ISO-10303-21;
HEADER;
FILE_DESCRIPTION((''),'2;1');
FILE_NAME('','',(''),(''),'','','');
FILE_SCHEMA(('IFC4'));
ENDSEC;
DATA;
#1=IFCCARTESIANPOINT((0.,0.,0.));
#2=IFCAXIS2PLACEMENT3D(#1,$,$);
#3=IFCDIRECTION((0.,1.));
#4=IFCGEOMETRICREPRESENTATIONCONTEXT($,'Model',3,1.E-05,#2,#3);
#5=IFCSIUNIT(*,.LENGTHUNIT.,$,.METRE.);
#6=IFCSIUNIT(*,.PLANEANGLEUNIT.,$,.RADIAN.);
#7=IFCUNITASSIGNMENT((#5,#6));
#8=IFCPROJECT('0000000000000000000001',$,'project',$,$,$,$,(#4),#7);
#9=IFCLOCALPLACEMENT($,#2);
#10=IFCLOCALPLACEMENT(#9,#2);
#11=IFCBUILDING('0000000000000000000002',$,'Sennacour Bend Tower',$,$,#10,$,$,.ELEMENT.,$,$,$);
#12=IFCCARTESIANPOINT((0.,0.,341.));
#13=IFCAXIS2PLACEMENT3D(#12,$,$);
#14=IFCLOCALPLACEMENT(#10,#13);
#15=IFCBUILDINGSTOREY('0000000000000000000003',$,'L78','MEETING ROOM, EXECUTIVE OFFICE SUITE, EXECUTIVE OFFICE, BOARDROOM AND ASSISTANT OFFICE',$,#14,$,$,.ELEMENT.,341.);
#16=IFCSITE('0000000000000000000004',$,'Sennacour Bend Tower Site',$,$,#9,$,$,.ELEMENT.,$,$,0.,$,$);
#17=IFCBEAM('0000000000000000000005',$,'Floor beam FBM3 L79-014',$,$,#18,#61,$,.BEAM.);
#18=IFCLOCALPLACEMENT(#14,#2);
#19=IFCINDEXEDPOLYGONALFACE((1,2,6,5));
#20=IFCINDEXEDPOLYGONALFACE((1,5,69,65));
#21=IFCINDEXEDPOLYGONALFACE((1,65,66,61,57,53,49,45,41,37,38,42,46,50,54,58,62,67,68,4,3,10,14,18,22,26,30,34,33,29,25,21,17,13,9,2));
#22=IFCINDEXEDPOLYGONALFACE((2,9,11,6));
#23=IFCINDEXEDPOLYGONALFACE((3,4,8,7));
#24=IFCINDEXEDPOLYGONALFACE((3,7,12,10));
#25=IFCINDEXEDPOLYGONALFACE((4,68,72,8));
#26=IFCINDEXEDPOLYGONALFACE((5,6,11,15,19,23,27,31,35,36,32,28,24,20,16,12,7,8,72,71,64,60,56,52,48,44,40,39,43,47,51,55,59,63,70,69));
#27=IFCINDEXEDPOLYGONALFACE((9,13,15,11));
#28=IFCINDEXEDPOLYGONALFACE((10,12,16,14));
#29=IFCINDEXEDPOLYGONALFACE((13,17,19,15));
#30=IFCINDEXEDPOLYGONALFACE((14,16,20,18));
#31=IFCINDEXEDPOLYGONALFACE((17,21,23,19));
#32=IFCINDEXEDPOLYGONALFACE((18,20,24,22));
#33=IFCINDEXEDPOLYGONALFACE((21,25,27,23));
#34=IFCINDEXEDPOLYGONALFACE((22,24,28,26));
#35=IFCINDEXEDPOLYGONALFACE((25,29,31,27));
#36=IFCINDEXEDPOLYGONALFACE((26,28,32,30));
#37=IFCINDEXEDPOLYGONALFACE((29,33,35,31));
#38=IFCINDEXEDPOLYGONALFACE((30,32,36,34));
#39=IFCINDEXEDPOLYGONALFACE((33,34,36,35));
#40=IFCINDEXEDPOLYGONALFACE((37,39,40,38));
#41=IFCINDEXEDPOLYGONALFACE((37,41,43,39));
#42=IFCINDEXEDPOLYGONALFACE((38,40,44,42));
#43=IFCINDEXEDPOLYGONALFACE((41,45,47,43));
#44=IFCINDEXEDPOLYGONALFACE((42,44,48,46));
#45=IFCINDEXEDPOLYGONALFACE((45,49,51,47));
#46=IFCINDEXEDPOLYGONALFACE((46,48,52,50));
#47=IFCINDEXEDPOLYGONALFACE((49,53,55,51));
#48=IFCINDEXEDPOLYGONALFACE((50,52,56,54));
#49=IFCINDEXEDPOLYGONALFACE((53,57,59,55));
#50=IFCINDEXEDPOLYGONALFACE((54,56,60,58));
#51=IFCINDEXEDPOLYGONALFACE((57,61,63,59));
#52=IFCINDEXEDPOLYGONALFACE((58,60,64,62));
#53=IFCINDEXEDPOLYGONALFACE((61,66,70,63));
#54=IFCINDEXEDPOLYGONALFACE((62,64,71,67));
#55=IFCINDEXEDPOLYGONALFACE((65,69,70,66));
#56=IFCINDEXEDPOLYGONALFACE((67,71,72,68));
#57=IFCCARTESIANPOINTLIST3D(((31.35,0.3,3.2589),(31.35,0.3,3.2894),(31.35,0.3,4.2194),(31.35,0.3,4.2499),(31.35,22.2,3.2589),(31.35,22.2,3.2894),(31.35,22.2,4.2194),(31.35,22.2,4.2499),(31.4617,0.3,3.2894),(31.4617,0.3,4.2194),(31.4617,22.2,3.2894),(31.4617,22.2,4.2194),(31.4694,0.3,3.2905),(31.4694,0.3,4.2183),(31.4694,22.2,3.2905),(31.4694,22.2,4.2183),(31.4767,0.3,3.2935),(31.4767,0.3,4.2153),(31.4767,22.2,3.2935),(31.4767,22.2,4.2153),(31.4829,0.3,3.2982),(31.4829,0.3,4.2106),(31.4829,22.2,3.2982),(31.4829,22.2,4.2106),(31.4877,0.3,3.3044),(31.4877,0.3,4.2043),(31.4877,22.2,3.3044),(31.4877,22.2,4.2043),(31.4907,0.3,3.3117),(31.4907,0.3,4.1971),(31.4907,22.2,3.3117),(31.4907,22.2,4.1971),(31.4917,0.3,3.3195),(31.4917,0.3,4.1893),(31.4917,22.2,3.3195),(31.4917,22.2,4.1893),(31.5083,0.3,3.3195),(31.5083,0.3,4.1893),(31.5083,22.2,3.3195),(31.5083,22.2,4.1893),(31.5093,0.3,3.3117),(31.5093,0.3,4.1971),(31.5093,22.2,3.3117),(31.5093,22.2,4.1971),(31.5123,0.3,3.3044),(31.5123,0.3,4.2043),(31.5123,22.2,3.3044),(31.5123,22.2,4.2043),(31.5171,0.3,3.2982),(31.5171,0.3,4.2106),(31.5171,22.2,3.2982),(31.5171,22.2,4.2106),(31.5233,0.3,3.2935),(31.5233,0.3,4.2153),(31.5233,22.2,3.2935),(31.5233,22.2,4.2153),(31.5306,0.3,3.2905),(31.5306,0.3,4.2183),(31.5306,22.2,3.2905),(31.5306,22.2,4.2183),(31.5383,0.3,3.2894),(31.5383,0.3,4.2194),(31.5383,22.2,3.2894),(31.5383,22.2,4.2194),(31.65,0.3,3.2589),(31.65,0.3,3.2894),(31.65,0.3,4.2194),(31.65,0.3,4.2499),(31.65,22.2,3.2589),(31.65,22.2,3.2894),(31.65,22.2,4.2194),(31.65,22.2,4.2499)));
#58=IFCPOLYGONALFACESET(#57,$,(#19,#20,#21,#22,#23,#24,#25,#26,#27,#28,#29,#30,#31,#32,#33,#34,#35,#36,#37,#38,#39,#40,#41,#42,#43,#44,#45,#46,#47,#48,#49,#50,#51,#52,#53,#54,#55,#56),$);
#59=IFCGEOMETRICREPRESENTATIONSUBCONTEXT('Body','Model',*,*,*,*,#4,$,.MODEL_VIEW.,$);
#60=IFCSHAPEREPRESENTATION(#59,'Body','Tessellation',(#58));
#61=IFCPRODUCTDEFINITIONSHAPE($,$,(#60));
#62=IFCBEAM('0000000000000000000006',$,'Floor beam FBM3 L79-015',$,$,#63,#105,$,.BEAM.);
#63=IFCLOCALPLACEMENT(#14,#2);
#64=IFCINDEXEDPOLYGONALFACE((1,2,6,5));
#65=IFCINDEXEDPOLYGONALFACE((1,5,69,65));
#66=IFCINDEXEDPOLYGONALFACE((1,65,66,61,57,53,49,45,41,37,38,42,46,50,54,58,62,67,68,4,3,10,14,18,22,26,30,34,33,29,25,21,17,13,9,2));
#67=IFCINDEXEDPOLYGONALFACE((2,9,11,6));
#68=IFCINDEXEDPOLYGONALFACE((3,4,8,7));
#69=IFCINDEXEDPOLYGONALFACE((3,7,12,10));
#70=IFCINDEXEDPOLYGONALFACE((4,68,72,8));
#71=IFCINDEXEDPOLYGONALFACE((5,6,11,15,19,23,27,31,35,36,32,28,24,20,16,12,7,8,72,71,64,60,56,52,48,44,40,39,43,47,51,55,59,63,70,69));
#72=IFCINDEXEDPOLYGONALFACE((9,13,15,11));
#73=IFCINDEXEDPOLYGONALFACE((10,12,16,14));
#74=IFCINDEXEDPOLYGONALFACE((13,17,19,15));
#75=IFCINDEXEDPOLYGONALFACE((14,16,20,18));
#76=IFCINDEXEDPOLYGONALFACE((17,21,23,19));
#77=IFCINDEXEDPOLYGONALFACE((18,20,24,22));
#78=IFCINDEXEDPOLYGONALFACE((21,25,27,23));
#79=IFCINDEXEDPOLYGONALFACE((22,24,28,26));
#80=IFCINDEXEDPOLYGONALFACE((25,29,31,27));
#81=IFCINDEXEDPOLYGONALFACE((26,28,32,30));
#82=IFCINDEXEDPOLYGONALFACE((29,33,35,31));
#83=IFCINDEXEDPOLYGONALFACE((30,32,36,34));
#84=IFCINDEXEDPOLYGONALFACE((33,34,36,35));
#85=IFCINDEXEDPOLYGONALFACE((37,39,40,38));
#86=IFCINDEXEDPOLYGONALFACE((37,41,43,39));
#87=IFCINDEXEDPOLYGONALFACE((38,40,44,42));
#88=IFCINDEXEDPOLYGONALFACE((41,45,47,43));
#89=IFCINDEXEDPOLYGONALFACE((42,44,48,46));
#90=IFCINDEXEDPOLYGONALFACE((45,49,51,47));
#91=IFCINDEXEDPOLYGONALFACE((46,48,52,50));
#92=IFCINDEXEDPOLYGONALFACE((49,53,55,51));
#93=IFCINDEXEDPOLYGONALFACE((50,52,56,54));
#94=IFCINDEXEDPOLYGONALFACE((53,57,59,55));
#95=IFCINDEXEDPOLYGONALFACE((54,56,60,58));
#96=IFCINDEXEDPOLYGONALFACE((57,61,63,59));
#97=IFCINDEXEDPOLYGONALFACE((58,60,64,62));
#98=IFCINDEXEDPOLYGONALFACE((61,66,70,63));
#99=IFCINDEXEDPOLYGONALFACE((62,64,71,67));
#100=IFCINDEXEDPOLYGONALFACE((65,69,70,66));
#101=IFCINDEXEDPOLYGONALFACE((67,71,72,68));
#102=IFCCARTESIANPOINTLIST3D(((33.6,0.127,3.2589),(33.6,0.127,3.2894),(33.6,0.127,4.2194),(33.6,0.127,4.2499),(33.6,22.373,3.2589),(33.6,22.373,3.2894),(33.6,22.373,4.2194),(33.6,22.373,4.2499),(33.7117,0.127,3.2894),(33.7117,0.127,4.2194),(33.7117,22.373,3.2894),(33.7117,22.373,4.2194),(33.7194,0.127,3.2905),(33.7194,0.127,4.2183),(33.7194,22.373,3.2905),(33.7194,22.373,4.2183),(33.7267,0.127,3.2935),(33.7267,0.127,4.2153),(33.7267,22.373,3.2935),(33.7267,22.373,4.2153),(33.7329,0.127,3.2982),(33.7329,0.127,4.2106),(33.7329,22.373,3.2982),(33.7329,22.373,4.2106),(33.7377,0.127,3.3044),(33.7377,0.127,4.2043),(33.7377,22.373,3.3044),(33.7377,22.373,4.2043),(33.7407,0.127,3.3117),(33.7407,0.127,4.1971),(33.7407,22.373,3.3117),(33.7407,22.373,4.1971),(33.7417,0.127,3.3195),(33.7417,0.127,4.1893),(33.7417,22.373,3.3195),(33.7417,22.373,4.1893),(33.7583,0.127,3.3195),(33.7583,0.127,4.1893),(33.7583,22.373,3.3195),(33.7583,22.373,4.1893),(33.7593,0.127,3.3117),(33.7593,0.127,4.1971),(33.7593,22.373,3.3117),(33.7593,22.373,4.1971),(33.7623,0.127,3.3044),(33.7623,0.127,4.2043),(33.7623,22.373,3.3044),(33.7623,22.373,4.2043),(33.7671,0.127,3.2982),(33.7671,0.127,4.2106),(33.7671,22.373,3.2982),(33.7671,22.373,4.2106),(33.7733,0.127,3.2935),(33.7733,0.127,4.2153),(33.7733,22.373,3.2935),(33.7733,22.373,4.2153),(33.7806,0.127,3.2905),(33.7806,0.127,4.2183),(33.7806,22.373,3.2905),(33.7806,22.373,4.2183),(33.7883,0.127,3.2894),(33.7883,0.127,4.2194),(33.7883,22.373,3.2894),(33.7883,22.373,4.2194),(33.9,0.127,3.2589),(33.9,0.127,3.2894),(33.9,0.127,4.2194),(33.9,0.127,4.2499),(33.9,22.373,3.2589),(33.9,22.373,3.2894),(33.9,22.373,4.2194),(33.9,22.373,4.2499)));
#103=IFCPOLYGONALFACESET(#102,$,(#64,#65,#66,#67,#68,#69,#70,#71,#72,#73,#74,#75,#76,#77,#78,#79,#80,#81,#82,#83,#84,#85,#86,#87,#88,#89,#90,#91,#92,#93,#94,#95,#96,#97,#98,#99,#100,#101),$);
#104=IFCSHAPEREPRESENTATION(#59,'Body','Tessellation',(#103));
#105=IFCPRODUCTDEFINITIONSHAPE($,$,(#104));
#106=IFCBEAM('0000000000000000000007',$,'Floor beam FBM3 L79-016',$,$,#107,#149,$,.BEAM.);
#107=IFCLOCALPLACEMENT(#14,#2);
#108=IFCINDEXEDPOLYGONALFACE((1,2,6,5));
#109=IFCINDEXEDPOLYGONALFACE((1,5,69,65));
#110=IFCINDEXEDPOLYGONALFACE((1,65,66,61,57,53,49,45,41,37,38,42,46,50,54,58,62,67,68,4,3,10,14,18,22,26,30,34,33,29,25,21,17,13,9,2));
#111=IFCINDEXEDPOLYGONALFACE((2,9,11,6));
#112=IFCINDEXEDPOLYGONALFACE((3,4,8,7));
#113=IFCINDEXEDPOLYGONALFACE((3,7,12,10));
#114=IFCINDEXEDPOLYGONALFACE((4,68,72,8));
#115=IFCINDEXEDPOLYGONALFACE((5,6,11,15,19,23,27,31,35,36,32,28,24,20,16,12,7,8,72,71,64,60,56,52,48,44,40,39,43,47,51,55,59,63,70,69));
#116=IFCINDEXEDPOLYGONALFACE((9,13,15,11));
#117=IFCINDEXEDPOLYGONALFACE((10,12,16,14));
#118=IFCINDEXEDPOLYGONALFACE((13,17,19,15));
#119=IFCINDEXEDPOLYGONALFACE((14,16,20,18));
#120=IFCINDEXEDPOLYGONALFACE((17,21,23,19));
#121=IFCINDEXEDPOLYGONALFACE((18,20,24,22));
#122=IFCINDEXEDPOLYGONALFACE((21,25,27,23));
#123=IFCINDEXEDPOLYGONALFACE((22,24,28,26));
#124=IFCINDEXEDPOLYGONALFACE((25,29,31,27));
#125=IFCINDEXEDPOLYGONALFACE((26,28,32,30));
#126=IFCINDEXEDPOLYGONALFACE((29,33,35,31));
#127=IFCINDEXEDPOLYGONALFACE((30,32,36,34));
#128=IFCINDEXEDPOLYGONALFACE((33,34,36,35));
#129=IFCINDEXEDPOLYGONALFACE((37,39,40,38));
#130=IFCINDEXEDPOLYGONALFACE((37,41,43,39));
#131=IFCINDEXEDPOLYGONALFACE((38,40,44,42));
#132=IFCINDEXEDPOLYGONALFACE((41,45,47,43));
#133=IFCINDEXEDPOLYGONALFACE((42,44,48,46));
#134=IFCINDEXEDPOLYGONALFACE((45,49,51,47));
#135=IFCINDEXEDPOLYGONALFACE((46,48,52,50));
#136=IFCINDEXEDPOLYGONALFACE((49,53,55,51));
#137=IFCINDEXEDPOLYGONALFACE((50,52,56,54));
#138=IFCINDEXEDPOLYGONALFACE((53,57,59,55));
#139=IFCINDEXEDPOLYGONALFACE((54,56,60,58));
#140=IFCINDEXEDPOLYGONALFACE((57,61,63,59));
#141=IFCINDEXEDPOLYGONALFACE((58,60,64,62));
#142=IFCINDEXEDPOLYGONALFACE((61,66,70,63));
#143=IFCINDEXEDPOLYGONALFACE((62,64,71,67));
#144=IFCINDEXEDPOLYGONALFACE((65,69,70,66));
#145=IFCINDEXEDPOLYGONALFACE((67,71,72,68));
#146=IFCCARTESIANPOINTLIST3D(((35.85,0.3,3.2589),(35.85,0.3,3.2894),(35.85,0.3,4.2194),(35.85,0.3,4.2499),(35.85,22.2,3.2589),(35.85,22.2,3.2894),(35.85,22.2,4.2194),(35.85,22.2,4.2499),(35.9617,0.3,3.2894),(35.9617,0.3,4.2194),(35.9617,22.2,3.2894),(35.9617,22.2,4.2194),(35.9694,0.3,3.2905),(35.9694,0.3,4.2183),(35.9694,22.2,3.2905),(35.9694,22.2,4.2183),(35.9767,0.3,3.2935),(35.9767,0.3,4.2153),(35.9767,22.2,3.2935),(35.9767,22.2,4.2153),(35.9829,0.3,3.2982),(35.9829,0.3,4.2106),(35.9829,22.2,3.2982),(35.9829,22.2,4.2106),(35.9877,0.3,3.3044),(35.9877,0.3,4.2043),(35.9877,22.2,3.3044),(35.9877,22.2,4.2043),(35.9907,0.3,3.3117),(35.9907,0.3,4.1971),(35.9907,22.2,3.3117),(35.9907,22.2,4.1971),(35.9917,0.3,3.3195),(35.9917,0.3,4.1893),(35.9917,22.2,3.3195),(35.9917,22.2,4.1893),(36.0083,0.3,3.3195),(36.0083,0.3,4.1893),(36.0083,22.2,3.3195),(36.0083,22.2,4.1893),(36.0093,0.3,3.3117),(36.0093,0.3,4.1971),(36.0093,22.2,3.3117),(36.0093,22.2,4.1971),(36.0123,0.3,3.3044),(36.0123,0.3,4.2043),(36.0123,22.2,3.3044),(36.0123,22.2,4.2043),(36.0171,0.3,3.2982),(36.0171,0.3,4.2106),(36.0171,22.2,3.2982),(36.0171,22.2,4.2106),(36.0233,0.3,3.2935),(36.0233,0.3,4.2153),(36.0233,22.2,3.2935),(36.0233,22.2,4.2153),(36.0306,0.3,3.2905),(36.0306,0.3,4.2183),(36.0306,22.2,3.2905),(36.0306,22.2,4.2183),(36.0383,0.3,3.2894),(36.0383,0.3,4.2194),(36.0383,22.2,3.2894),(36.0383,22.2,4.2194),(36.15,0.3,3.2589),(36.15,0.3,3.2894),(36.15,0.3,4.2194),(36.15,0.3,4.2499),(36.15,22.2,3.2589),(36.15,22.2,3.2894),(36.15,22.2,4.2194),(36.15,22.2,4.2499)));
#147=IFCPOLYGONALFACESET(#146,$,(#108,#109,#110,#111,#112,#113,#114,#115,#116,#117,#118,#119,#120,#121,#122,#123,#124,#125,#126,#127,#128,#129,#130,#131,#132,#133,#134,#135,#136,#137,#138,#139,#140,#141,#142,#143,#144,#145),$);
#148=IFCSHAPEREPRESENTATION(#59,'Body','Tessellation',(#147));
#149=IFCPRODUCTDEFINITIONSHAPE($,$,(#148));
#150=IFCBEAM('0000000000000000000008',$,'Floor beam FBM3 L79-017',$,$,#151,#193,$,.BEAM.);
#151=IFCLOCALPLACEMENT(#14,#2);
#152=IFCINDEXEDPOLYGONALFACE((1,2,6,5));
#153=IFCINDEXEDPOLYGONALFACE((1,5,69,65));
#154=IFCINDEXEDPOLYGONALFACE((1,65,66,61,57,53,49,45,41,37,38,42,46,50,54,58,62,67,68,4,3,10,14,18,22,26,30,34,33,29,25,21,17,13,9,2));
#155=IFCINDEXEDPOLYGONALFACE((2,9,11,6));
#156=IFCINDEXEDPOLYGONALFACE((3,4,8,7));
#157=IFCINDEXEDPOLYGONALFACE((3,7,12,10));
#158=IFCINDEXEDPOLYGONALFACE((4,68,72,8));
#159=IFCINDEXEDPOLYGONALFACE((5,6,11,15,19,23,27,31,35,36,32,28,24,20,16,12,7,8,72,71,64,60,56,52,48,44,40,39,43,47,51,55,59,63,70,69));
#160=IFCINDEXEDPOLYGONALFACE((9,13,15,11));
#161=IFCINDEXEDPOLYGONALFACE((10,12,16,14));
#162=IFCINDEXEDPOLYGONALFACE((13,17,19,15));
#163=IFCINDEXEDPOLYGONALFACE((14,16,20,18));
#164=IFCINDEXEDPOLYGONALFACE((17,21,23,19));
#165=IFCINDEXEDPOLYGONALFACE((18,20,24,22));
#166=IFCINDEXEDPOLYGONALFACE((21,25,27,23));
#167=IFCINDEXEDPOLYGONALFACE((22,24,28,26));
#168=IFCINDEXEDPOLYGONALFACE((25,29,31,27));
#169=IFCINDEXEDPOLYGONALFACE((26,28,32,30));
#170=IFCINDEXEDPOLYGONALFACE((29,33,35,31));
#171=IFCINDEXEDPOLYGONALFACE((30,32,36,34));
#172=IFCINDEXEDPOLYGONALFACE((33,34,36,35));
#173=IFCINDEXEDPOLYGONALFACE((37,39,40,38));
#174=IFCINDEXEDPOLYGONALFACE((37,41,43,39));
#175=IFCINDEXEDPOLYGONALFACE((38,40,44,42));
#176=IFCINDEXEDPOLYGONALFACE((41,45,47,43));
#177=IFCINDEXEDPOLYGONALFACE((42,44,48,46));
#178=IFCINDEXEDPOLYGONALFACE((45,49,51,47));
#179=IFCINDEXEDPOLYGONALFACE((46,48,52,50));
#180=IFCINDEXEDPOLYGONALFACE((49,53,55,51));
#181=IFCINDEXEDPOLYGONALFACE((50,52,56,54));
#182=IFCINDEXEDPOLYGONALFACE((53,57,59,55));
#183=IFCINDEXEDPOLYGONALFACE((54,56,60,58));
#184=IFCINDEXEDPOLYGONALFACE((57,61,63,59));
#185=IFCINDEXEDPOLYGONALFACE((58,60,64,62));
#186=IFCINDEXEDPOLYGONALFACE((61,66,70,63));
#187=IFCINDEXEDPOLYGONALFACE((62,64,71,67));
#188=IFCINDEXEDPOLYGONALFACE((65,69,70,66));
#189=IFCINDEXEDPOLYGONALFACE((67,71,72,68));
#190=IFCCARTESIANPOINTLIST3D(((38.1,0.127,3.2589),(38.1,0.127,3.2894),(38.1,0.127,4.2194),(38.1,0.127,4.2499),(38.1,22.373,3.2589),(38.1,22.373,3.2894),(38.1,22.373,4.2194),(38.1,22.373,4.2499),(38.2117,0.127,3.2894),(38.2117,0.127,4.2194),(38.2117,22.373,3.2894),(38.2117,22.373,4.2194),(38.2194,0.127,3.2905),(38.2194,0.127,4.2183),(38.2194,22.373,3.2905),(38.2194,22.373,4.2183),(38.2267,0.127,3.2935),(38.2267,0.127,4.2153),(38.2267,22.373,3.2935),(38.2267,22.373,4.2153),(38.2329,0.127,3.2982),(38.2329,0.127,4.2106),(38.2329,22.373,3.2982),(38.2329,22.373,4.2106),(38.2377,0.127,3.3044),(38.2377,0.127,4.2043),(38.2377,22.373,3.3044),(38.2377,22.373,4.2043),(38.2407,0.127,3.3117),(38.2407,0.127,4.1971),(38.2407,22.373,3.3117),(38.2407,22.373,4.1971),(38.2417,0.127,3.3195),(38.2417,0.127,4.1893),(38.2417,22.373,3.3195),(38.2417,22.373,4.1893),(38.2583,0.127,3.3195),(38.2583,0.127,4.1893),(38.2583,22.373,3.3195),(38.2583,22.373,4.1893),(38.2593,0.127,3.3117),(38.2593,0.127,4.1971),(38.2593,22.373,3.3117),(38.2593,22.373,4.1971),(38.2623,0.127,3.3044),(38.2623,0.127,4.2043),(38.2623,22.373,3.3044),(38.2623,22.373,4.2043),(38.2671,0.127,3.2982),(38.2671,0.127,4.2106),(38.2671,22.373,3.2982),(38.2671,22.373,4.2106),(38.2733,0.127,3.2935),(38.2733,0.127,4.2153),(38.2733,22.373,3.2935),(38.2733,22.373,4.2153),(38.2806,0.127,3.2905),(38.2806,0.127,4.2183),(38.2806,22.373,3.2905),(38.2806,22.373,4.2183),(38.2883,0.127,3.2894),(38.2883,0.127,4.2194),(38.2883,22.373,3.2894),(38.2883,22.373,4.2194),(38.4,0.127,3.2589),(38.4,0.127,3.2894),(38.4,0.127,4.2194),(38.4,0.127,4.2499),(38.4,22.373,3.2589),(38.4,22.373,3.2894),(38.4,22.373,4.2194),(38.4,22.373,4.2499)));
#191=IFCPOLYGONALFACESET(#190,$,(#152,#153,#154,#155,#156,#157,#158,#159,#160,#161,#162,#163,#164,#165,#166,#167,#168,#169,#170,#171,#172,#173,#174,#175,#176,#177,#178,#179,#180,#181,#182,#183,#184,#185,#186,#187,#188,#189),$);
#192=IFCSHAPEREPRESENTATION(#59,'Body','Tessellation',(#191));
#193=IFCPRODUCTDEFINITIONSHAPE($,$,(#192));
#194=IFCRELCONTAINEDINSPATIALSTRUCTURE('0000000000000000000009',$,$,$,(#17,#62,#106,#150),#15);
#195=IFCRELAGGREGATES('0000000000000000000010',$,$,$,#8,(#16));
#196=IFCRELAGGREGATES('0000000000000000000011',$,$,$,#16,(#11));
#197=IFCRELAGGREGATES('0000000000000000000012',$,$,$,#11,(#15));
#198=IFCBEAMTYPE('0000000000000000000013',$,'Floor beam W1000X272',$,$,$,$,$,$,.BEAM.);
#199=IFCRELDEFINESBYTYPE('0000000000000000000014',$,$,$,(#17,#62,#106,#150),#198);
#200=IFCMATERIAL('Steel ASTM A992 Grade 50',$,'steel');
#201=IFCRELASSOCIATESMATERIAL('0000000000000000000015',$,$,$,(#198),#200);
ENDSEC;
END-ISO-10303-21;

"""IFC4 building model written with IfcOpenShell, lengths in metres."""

from ifc_helpers import new_model, si_unit, direction, frame, origin, origin_2d, place, context, subcontext, project, spatial, i_section, extrude, material, material_profile, profile_set, type_object, element, save


model = new_model("IFC4")

# Units and contexts
model_context = context("Model", 3, precision=1e-05, world=origin(), true_north=direction((0.0, 1.0)))
body_context = subcontext(model_context, "Body", "Model", "MODEL_VIEW")
ifc_project = project(units=[si_unit("LENGTHUNIT", "METRE"), si_unit("PLANEANGLEUNIT", "RADIAN")], contexts=[model_context])

# Site, building, storey
site_placement = place(None, origin())
site = spatial("IfcSite", under=ifc_project, at=site_placement, Name="Sennacour Bend Tower Site", CompositionType="ELEMENT", RefElevation=0.0)
building_placement = place(site_placement, origin())
building = spatial("IfcBuilding", under=site, at=building_placement, Name="Sennacour Bend Tower", CompositionType="ELEMENT")
storey_placement = place(building_placement, frame((0.0, 0.0, 341.0)))
storey = spatial("IfcBuildingStorey", under=building, at=storey_placement, Name="L78", Description="MEETING ROOM, EXECUTIVE OFFICE SUITE, EXECUTIVE OFFICE, BOARDROOM AND ASSISTANT OFFICE", CompositionType="ELEMENT", Elevation=341.0)

# Beams
ifc_material_1 = material(Name="Steel ASTM A992 Grade 50", Category="steel")
ifc_material_profile_1 = material_profile(ifc_material_1, i_section(OverallWidth=0.3, OverallDepth=0.991, WebThickness=0.0166, FlangeThickness=0.0305, FilletRadius=0.03, at=origin_2d()), Name="Steel ASTM A992 Grade 50", Category="steel")
ifc_profile_set_1 = profile_set([ifc_material_profile_1], Name="Steel ASTM A992 Grade 50")
beam_type_1 = type_object("IfcBeamType", Name="Floor beam W1000X272", PredefinedType="BEAM", material=ifc_profile_set_1)
beam_1_placement = place(storey_placement, frame((31.5, 0.3, 3.7544), z_axis=(0.0, 1.0, 0.0), x_axis=(-1.0, 0.0, 0.0)))
element("IfcBeam", 1, at=beam_1_placement, inside=storey, type_object=beam_type_1, Name="Floor beam FBM3 L79-014", PredefinedType="BEAM", context=body_context, shape_type="SweptSolid", body=[
    extrude(i_section(OverallWidth=0.3, OverallDepth=0.991, WebThickness=0.0166, FlangeThickness=0.0305, FilletRadius=0.03, at=origin_2d()), origin(), (0.0, 0.0, 1.0), 21.8999),
])
beam_2_placement = place(storey_placement, frame((33.75, 0.127, 3.7544), z_axis=(0.0, 1.0, 0.0), x_axis=(-1.0, 0.0, 0.0)))
element("IfcBeam", 2, at=beam_2_placement, inside=storey, type_object=beam_type_1, Name="Floor beam FBM3 L79-015", PredefinedType="BEAM", context=body_context, shape_type="SweptSolid", body=[
    extrude(i_section(OverallWidth=0.3, OverallDepth=0.991, WebThickness=0.0166, FlangeThickness=0.0305, FilletRadius=0.03, at=origin_2d()), origin(), (0.0, 0.0, 1.0), 22.2461),
])
beam_3_placement = place(storey_placement, frame((36.0, 0.3, 3.7544), z_axis=(0.0, 1.0, 0.0), x_axis=(-1.0, 0.0, 0.0)))
element("IfcBeam", 3, at=beam_3_placement, inside=storey, type_object=beam_type_1, Name="Floor beam FBM3 L79-016", PredefinedType="BEAM", context=body_context, shape_type="SweptSolid", body=[
    extrude(i_section(OverallWidth=0.3, OverallDepth=0.991, WebThickness=0.0166, FlangeThickness=0.0305, FilletRadius=0.03, at=origin_2d()), origin(), (0.0, 0.0, 1.0), 21.8999),
])
beam_4_placement = place(storey_placement, frame((38.25, 0.127, 3.7544), z_axis=(0.0, 1.0, 0.0), x_axis=(-1.0, 0.0, 0.0)))
element("IfcBeam", 4, at=beam_4_placement, inside=storey, type_object=beam_type_1, Name="Floor beam FBM3 L79-017", PredefinedType="BEAM", context=body_context, shape_type="SweptSolid", body=[
    extrude(i_section(OverallWidth=0.3, OverallDepth=0.991, WebThickness=0.0166, FlangeThickness=0.0305, FilletRadius=0.03, at=origin_2d()), origin(), (0.0, 0.0, 1.0), 22.2461),
])

save(model, "model.ifc")
